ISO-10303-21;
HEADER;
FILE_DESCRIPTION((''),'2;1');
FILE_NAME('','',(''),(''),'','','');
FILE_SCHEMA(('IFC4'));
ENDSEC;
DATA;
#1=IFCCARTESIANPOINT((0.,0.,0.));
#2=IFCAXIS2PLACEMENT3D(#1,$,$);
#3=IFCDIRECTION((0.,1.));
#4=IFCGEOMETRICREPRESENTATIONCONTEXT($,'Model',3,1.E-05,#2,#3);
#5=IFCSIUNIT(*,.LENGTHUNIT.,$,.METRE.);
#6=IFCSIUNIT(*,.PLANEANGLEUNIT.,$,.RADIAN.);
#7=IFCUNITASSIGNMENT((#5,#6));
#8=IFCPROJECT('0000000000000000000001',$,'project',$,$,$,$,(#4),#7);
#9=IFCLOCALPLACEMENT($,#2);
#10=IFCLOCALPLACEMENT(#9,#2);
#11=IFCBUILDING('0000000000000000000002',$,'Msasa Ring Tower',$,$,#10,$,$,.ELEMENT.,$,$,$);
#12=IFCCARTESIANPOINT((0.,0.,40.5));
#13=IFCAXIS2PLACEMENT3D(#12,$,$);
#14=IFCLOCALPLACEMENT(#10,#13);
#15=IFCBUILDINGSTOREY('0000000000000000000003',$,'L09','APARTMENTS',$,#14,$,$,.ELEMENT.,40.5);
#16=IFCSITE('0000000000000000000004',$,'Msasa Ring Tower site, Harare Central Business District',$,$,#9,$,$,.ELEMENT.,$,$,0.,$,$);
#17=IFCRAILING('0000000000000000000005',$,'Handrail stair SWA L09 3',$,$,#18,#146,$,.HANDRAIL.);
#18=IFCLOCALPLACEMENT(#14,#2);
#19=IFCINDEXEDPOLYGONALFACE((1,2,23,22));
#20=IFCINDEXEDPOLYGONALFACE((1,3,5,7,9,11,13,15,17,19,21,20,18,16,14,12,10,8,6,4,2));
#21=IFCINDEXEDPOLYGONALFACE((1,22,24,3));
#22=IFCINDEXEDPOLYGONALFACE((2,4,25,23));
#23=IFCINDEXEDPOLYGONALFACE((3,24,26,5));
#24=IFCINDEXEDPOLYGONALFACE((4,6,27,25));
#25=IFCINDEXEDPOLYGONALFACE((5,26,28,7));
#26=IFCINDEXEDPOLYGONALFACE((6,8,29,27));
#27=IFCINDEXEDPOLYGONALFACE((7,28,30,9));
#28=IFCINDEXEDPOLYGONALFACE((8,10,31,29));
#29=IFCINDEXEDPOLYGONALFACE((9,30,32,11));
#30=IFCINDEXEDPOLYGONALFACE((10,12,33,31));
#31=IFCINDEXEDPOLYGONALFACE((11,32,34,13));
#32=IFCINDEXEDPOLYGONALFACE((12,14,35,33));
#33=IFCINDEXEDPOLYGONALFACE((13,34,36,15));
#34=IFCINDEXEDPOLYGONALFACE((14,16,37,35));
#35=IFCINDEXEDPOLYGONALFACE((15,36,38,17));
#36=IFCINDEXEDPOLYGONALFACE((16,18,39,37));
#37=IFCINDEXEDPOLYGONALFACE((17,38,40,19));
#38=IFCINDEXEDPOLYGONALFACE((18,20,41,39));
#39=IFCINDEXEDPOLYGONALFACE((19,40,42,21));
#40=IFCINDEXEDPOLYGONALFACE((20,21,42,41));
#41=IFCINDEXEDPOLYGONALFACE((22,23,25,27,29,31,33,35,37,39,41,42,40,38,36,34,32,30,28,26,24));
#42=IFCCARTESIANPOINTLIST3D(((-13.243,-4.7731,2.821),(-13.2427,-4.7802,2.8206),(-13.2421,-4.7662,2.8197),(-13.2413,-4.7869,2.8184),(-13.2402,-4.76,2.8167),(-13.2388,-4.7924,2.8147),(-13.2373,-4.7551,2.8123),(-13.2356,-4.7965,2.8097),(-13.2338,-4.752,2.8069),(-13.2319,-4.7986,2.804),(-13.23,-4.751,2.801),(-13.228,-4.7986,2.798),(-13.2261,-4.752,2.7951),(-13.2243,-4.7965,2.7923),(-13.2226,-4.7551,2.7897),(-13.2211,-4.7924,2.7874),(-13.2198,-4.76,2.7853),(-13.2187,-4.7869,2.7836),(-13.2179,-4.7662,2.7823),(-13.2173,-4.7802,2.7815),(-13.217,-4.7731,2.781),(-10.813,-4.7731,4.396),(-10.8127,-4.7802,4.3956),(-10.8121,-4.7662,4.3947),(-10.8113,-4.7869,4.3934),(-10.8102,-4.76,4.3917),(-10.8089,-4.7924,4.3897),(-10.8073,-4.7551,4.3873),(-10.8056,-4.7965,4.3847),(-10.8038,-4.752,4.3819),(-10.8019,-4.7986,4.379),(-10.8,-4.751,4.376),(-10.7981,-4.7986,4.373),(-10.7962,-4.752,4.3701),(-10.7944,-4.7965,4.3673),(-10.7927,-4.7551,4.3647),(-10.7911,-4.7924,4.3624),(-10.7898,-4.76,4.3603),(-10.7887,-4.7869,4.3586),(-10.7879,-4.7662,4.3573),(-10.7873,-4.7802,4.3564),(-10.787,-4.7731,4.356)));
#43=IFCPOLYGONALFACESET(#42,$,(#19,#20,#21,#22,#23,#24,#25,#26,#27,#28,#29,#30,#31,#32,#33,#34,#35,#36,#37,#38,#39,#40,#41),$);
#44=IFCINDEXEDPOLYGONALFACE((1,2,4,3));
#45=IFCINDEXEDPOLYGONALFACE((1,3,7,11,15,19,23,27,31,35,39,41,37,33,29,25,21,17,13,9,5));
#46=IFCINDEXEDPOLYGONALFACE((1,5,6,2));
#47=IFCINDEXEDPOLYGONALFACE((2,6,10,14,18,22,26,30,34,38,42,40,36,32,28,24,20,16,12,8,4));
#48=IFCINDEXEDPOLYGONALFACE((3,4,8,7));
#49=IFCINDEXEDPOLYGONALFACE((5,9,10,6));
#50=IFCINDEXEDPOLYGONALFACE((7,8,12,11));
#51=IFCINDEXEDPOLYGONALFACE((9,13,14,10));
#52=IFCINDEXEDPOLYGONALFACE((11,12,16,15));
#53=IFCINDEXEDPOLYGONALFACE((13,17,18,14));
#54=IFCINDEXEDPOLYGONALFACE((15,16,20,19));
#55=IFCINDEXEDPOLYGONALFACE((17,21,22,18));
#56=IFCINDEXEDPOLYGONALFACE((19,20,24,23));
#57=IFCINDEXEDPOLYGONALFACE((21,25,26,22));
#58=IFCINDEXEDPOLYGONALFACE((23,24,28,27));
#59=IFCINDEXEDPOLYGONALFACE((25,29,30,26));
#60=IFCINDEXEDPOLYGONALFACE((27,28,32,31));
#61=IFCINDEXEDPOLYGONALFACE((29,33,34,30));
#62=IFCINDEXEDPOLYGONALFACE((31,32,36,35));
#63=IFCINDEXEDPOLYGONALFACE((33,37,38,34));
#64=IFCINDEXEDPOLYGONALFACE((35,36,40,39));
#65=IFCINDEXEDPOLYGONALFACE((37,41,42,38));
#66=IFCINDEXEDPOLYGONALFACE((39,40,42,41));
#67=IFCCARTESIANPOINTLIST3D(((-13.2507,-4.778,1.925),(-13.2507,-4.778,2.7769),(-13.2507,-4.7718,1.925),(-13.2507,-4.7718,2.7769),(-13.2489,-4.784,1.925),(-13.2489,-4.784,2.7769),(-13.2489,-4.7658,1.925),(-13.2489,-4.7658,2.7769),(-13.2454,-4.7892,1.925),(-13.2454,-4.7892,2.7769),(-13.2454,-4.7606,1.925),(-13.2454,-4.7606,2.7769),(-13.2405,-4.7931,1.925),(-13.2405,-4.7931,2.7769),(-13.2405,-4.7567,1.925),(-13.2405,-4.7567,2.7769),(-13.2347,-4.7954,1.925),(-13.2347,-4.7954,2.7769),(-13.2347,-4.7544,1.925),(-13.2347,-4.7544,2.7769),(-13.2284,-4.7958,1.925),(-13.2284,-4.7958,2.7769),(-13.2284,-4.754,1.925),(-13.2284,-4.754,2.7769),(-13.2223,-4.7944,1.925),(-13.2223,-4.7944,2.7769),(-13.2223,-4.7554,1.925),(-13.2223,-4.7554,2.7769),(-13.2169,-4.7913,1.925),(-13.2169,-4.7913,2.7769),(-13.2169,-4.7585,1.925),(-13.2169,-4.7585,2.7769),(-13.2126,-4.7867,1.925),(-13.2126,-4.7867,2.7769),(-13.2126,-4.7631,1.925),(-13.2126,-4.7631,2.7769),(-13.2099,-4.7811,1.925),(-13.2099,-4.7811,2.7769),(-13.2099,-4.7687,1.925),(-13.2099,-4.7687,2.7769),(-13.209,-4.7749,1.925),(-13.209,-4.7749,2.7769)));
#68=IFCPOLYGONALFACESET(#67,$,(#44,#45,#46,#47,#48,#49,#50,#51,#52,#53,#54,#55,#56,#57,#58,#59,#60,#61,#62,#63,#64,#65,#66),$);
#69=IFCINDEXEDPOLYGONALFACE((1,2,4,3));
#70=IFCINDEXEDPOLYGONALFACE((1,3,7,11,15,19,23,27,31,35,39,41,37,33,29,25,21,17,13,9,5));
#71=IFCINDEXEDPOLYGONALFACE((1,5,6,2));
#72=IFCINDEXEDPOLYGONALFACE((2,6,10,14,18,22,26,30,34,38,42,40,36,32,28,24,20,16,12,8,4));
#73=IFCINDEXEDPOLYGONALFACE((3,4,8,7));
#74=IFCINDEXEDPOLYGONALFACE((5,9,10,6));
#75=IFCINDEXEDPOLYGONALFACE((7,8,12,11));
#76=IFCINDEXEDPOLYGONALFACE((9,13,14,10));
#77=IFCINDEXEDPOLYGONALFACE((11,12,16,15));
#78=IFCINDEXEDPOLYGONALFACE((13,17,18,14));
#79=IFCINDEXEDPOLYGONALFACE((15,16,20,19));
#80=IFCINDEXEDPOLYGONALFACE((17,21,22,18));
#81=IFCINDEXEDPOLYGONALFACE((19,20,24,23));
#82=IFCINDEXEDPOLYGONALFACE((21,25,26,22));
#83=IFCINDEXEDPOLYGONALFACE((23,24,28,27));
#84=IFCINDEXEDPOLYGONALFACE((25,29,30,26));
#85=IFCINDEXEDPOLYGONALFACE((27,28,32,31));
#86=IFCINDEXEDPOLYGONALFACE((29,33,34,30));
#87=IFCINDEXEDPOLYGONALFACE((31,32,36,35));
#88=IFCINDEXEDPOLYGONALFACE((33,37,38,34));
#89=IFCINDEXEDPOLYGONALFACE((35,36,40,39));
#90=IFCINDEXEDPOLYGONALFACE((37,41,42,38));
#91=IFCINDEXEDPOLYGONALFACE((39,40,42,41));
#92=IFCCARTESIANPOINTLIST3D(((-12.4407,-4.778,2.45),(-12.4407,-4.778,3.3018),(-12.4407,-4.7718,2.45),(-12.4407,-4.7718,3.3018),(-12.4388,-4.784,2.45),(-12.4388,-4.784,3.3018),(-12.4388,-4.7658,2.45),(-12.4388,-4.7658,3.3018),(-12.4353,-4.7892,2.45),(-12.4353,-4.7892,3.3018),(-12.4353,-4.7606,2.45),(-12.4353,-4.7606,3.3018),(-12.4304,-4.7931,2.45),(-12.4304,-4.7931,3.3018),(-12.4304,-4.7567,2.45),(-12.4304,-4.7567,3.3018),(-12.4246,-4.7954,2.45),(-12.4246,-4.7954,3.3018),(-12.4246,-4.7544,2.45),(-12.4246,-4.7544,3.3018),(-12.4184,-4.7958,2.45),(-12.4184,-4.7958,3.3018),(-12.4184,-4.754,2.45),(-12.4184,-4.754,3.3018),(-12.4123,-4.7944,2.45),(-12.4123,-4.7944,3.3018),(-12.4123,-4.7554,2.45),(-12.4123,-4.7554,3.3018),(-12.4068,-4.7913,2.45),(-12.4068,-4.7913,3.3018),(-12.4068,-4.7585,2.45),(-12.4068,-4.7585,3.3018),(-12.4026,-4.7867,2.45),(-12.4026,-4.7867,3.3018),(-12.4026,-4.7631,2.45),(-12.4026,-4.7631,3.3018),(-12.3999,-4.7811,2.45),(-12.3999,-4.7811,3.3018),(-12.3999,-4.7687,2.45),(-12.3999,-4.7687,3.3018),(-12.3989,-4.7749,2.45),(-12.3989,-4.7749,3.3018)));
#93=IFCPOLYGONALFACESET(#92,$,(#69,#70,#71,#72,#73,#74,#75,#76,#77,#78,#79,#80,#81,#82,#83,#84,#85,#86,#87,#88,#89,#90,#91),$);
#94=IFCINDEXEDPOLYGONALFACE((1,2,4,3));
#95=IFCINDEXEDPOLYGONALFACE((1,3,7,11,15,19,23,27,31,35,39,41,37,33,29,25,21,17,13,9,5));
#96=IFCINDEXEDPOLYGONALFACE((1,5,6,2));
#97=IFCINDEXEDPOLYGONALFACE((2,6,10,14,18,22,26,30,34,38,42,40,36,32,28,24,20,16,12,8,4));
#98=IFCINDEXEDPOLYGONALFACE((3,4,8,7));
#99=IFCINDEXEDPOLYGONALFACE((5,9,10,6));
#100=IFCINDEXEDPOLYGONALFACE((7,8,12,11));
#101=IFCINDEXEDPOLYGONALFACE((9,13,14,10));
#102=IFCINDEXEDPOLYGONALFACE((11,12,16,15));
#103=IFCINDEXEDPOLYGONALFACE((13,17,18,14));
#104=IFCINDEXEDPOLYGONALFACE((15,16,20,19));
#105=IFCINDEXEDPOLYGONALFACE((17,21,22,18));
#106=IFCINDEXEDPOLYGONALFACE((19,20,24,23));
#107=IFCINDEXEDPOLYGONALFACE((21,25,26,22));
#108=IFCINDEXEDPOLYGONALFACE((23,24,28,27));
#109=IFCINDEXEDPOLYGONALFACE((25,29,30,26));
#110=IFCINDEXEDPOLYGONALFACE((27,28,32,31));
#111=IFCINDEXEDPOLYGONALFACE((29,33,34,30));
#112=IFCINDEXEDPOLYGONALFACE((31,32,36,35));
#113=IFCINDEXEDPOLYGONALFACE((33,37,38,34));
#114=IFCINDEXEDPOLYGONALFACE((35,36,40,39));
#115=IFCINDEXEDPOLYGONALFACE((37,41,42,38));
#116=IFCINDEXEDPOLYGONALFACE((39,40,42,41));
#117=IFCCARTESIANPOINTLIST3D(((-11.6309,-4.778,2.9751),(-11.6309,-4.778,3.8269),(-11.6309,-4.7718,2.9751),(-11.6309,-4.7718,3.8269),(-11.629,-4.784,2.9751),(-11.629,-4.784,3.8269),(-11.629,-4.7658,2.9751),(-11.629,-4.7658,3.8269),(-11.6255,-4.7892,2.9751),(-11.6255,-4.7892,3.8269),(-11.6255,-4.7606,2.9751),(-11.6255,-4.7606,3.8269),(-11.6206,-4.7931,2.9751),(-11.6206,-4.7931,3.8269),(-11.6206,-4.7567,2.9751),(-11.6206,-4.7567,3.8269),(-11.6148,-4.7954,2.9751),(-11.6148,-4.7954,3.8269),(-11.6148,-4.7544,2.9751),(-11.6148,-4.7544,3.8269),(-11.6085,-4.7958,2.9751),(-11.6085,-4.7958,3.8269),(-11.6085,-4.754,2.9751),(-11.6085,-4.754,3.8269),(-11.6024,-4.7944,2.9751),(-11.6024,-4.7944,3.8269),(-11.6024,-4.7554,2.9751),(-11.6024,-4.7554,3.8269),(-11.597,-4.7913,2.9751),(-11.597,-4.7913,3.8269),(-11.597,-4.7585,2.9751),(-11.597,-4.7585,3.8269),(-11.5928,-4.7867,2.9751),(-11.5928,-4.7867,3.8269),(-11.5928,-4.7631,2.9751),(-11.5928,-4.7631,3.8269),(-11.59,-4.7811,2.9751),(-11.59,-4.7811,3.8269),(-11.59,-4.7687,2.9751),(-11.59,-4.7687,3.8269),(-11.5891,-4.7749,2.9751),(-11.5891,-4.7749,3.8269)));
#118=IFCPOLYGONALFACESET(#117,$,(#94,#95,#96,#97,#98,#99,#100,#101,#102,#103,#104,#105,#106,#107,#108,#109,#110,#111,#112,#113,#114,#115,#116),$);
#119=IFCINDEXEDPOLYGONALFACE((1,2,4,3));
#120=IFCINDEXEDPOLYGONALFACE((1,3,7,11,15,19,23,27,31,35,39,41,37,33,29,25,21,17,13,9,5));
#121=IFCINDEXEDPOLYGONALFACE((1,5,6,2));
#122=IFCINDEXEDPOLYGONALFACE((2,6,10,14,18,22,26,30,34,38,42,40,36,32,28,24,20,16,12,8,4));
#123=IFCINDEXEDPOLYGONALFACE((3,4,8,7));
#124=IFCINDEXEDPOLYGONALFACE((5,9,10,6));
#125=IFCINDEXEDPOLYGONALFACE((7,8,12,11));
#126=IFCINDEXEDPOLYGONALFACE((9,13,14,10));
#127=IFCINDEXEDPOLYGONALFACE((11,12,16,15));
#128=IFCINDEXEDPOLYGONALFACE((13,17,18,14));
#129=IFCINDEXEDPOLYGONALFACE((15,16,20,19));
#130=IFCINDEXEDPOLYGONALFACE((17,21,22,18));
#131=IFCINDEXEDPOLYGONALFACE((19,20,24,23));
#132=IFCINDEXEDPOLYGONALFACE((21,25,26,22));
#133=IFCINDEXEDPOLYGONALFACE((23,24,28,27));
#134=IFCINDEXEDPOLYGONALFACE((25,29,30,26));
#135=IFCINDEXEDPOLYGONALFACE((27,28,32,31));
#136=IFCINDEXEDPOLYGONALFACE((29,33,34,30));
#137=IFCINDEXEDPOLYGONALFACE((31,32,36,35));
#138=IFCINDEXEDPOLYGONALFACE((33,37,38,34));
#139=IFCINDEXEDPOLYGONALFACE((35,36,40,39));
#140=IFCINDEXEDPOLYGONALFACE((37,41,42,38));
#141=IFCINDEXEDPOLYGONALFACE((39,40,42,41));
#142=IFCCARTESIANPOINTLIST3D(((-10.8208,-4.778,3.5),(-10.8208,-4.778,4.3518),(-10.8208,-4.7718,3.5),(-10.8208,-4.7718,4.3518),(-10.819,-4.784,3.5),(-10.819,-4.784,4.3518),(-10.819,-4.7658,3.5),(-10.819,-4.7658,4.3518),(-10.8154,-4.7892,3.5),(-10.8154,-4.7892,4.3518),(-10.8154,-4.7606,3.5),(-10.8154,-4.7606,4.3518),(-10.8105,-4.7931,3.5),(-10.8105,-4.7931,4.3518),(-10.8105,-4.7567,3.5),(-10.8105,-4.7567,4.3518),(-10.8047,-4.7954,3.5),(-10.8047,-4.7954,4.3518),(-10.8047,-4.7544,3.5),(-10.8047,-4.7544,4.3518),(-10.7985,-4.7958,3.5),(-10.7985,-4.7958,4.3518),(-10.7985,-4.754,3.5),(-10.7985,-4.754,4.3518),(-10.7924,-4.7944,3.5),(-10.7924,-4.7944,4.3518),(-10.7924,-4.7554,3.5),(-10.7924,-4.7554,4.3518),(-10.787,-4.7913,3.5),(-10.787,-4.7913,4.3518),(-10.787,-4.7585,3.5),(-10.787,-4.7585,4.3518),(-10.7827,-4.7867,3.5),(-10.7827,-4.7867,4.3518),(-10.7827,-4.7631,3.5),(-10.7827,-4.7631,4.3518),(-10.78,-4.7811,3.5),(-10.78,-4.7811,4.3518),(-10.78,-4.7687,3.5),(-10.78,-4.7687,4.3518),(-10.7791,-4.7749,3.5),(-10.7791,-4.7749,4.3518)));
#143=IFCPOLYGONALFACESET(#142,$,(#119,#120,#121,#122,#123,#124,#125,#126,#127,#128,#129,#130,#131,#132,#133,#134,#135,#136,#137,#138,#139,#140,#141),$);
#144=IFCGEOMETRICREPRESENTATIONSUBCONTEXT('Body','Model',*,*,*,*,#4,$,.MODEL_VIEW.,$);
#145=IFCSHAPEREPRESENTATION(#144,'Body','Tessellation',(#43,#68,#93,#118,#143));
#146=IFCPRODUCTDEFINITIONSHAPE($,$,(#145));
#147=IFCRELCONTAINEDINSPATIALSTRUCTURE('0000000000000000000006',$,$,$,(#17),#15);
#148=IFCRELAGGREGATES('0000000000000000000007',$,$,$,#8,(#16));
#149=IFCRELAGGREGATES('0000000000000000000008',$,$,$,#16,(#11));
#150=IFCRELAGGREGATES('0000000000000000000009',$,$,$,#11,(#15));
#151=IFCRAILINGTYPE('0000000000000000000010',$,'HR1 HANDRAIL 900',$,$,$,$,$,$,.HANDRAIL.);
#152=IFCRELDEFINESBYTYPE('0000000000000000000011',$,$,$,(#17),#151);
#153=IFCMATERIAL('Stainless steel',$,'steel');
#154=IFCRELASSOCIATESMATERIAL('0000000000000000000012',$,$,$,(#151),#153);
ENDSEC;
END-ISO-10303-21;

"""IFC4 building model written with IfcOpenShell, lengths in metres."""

from ifc_helpers import new_model, si_unit, direction, frame, origin, origin_2d, place, context, subcontext, project, spatial, circle, extrude, material, type_object, element, save


model = new_model("IFC4")

# Units and contexts
model_context = context("Model", 3, precision=1e-05, world=origin(), true_north=direction((0.0, 1.0)))
body_context = subcontext(model_context, "Body", "Model", "MODEL_VIEW")
ifc_project = project(units=[si_unit("LENGTHUNIT", "METRE"), si_unit("PLANEANGLEUNIT", "RADIAN")], contexts=[model_context])

# Site, building, storey
site_placement = place(None, origin())
site = spatial("IfcSite", under=ifc_project, at=site_placement, Name="Msasa Ring Tower site, Harare Central Business District", CompositionType="ELEMENT", RefElevation=0.0)
building_placement = place(site_placement, origin())
building = spatial("IfcBuilding", under=site, at=building_placement, Name="Msasa Ring Tower", CompositionType="ELEMENT")
storey_placement = place(building_placement, frame((0.0, 0.0, 40.5)))
storey = spatial("IfcBuildingStorey", under=building, at=storey_placement, Name="L09", Description="APARTMENTS", CompositionType="ELEMENT", Elevation=40.5)

# Railing
ifc_material_1 = material(Name="Stainless steel", Category="steel")
railing_type = type_object("IfcRailingType", Name="HR1 HANDRAIL 900", PredefinedType="HANDRAIL", material=ifc_material_1)
for number, where, name in (
    (1, (-13.23, -4.7749, 1.925), "Handrail stair SWA L09 3"),
):
    element("IfcRailing", number, at=place(storey_placement, frame(where)), inside=storey, type_object=railing_type, Name=name, PredefinedType="HANDRAIL", context=body_context, shape_type="SweptSolid", body=[
        extrude(circle(Radius=0.0239, at=origin_2d()), frame((0.0, 0.0, 0.876), z_axis=(0.839154, 0.0, 0.543894), x_axis=(0.0, 1.0, 0.0)), (0.0, 0.0, 1.0), 2.8958),
        extrude(circle(Radius=0.021, at=origin_2d()), origin(), (0.0, 0.0, 1.0), 0.8518),
        extrude(circle(Radius=0.021, at=origin_2d()), frame((0.8101, 0.0, 0.5249)), (0.0, 0.0, 1.0), 0.8518),
        extrude(circle(Radius=0.021, at=origin_2d()), frame((1.6199, 0.0, 1.05)), (0.0, 0.0, 1.0), 0.8518),
        extrude(circle(Radius=0.021, at=origin_2d()), frame((2.4299, 0.0, 1.575)), (0.0, 0.0, 1.0), 0.8518),
    ])

save(model, "model.ifc")
